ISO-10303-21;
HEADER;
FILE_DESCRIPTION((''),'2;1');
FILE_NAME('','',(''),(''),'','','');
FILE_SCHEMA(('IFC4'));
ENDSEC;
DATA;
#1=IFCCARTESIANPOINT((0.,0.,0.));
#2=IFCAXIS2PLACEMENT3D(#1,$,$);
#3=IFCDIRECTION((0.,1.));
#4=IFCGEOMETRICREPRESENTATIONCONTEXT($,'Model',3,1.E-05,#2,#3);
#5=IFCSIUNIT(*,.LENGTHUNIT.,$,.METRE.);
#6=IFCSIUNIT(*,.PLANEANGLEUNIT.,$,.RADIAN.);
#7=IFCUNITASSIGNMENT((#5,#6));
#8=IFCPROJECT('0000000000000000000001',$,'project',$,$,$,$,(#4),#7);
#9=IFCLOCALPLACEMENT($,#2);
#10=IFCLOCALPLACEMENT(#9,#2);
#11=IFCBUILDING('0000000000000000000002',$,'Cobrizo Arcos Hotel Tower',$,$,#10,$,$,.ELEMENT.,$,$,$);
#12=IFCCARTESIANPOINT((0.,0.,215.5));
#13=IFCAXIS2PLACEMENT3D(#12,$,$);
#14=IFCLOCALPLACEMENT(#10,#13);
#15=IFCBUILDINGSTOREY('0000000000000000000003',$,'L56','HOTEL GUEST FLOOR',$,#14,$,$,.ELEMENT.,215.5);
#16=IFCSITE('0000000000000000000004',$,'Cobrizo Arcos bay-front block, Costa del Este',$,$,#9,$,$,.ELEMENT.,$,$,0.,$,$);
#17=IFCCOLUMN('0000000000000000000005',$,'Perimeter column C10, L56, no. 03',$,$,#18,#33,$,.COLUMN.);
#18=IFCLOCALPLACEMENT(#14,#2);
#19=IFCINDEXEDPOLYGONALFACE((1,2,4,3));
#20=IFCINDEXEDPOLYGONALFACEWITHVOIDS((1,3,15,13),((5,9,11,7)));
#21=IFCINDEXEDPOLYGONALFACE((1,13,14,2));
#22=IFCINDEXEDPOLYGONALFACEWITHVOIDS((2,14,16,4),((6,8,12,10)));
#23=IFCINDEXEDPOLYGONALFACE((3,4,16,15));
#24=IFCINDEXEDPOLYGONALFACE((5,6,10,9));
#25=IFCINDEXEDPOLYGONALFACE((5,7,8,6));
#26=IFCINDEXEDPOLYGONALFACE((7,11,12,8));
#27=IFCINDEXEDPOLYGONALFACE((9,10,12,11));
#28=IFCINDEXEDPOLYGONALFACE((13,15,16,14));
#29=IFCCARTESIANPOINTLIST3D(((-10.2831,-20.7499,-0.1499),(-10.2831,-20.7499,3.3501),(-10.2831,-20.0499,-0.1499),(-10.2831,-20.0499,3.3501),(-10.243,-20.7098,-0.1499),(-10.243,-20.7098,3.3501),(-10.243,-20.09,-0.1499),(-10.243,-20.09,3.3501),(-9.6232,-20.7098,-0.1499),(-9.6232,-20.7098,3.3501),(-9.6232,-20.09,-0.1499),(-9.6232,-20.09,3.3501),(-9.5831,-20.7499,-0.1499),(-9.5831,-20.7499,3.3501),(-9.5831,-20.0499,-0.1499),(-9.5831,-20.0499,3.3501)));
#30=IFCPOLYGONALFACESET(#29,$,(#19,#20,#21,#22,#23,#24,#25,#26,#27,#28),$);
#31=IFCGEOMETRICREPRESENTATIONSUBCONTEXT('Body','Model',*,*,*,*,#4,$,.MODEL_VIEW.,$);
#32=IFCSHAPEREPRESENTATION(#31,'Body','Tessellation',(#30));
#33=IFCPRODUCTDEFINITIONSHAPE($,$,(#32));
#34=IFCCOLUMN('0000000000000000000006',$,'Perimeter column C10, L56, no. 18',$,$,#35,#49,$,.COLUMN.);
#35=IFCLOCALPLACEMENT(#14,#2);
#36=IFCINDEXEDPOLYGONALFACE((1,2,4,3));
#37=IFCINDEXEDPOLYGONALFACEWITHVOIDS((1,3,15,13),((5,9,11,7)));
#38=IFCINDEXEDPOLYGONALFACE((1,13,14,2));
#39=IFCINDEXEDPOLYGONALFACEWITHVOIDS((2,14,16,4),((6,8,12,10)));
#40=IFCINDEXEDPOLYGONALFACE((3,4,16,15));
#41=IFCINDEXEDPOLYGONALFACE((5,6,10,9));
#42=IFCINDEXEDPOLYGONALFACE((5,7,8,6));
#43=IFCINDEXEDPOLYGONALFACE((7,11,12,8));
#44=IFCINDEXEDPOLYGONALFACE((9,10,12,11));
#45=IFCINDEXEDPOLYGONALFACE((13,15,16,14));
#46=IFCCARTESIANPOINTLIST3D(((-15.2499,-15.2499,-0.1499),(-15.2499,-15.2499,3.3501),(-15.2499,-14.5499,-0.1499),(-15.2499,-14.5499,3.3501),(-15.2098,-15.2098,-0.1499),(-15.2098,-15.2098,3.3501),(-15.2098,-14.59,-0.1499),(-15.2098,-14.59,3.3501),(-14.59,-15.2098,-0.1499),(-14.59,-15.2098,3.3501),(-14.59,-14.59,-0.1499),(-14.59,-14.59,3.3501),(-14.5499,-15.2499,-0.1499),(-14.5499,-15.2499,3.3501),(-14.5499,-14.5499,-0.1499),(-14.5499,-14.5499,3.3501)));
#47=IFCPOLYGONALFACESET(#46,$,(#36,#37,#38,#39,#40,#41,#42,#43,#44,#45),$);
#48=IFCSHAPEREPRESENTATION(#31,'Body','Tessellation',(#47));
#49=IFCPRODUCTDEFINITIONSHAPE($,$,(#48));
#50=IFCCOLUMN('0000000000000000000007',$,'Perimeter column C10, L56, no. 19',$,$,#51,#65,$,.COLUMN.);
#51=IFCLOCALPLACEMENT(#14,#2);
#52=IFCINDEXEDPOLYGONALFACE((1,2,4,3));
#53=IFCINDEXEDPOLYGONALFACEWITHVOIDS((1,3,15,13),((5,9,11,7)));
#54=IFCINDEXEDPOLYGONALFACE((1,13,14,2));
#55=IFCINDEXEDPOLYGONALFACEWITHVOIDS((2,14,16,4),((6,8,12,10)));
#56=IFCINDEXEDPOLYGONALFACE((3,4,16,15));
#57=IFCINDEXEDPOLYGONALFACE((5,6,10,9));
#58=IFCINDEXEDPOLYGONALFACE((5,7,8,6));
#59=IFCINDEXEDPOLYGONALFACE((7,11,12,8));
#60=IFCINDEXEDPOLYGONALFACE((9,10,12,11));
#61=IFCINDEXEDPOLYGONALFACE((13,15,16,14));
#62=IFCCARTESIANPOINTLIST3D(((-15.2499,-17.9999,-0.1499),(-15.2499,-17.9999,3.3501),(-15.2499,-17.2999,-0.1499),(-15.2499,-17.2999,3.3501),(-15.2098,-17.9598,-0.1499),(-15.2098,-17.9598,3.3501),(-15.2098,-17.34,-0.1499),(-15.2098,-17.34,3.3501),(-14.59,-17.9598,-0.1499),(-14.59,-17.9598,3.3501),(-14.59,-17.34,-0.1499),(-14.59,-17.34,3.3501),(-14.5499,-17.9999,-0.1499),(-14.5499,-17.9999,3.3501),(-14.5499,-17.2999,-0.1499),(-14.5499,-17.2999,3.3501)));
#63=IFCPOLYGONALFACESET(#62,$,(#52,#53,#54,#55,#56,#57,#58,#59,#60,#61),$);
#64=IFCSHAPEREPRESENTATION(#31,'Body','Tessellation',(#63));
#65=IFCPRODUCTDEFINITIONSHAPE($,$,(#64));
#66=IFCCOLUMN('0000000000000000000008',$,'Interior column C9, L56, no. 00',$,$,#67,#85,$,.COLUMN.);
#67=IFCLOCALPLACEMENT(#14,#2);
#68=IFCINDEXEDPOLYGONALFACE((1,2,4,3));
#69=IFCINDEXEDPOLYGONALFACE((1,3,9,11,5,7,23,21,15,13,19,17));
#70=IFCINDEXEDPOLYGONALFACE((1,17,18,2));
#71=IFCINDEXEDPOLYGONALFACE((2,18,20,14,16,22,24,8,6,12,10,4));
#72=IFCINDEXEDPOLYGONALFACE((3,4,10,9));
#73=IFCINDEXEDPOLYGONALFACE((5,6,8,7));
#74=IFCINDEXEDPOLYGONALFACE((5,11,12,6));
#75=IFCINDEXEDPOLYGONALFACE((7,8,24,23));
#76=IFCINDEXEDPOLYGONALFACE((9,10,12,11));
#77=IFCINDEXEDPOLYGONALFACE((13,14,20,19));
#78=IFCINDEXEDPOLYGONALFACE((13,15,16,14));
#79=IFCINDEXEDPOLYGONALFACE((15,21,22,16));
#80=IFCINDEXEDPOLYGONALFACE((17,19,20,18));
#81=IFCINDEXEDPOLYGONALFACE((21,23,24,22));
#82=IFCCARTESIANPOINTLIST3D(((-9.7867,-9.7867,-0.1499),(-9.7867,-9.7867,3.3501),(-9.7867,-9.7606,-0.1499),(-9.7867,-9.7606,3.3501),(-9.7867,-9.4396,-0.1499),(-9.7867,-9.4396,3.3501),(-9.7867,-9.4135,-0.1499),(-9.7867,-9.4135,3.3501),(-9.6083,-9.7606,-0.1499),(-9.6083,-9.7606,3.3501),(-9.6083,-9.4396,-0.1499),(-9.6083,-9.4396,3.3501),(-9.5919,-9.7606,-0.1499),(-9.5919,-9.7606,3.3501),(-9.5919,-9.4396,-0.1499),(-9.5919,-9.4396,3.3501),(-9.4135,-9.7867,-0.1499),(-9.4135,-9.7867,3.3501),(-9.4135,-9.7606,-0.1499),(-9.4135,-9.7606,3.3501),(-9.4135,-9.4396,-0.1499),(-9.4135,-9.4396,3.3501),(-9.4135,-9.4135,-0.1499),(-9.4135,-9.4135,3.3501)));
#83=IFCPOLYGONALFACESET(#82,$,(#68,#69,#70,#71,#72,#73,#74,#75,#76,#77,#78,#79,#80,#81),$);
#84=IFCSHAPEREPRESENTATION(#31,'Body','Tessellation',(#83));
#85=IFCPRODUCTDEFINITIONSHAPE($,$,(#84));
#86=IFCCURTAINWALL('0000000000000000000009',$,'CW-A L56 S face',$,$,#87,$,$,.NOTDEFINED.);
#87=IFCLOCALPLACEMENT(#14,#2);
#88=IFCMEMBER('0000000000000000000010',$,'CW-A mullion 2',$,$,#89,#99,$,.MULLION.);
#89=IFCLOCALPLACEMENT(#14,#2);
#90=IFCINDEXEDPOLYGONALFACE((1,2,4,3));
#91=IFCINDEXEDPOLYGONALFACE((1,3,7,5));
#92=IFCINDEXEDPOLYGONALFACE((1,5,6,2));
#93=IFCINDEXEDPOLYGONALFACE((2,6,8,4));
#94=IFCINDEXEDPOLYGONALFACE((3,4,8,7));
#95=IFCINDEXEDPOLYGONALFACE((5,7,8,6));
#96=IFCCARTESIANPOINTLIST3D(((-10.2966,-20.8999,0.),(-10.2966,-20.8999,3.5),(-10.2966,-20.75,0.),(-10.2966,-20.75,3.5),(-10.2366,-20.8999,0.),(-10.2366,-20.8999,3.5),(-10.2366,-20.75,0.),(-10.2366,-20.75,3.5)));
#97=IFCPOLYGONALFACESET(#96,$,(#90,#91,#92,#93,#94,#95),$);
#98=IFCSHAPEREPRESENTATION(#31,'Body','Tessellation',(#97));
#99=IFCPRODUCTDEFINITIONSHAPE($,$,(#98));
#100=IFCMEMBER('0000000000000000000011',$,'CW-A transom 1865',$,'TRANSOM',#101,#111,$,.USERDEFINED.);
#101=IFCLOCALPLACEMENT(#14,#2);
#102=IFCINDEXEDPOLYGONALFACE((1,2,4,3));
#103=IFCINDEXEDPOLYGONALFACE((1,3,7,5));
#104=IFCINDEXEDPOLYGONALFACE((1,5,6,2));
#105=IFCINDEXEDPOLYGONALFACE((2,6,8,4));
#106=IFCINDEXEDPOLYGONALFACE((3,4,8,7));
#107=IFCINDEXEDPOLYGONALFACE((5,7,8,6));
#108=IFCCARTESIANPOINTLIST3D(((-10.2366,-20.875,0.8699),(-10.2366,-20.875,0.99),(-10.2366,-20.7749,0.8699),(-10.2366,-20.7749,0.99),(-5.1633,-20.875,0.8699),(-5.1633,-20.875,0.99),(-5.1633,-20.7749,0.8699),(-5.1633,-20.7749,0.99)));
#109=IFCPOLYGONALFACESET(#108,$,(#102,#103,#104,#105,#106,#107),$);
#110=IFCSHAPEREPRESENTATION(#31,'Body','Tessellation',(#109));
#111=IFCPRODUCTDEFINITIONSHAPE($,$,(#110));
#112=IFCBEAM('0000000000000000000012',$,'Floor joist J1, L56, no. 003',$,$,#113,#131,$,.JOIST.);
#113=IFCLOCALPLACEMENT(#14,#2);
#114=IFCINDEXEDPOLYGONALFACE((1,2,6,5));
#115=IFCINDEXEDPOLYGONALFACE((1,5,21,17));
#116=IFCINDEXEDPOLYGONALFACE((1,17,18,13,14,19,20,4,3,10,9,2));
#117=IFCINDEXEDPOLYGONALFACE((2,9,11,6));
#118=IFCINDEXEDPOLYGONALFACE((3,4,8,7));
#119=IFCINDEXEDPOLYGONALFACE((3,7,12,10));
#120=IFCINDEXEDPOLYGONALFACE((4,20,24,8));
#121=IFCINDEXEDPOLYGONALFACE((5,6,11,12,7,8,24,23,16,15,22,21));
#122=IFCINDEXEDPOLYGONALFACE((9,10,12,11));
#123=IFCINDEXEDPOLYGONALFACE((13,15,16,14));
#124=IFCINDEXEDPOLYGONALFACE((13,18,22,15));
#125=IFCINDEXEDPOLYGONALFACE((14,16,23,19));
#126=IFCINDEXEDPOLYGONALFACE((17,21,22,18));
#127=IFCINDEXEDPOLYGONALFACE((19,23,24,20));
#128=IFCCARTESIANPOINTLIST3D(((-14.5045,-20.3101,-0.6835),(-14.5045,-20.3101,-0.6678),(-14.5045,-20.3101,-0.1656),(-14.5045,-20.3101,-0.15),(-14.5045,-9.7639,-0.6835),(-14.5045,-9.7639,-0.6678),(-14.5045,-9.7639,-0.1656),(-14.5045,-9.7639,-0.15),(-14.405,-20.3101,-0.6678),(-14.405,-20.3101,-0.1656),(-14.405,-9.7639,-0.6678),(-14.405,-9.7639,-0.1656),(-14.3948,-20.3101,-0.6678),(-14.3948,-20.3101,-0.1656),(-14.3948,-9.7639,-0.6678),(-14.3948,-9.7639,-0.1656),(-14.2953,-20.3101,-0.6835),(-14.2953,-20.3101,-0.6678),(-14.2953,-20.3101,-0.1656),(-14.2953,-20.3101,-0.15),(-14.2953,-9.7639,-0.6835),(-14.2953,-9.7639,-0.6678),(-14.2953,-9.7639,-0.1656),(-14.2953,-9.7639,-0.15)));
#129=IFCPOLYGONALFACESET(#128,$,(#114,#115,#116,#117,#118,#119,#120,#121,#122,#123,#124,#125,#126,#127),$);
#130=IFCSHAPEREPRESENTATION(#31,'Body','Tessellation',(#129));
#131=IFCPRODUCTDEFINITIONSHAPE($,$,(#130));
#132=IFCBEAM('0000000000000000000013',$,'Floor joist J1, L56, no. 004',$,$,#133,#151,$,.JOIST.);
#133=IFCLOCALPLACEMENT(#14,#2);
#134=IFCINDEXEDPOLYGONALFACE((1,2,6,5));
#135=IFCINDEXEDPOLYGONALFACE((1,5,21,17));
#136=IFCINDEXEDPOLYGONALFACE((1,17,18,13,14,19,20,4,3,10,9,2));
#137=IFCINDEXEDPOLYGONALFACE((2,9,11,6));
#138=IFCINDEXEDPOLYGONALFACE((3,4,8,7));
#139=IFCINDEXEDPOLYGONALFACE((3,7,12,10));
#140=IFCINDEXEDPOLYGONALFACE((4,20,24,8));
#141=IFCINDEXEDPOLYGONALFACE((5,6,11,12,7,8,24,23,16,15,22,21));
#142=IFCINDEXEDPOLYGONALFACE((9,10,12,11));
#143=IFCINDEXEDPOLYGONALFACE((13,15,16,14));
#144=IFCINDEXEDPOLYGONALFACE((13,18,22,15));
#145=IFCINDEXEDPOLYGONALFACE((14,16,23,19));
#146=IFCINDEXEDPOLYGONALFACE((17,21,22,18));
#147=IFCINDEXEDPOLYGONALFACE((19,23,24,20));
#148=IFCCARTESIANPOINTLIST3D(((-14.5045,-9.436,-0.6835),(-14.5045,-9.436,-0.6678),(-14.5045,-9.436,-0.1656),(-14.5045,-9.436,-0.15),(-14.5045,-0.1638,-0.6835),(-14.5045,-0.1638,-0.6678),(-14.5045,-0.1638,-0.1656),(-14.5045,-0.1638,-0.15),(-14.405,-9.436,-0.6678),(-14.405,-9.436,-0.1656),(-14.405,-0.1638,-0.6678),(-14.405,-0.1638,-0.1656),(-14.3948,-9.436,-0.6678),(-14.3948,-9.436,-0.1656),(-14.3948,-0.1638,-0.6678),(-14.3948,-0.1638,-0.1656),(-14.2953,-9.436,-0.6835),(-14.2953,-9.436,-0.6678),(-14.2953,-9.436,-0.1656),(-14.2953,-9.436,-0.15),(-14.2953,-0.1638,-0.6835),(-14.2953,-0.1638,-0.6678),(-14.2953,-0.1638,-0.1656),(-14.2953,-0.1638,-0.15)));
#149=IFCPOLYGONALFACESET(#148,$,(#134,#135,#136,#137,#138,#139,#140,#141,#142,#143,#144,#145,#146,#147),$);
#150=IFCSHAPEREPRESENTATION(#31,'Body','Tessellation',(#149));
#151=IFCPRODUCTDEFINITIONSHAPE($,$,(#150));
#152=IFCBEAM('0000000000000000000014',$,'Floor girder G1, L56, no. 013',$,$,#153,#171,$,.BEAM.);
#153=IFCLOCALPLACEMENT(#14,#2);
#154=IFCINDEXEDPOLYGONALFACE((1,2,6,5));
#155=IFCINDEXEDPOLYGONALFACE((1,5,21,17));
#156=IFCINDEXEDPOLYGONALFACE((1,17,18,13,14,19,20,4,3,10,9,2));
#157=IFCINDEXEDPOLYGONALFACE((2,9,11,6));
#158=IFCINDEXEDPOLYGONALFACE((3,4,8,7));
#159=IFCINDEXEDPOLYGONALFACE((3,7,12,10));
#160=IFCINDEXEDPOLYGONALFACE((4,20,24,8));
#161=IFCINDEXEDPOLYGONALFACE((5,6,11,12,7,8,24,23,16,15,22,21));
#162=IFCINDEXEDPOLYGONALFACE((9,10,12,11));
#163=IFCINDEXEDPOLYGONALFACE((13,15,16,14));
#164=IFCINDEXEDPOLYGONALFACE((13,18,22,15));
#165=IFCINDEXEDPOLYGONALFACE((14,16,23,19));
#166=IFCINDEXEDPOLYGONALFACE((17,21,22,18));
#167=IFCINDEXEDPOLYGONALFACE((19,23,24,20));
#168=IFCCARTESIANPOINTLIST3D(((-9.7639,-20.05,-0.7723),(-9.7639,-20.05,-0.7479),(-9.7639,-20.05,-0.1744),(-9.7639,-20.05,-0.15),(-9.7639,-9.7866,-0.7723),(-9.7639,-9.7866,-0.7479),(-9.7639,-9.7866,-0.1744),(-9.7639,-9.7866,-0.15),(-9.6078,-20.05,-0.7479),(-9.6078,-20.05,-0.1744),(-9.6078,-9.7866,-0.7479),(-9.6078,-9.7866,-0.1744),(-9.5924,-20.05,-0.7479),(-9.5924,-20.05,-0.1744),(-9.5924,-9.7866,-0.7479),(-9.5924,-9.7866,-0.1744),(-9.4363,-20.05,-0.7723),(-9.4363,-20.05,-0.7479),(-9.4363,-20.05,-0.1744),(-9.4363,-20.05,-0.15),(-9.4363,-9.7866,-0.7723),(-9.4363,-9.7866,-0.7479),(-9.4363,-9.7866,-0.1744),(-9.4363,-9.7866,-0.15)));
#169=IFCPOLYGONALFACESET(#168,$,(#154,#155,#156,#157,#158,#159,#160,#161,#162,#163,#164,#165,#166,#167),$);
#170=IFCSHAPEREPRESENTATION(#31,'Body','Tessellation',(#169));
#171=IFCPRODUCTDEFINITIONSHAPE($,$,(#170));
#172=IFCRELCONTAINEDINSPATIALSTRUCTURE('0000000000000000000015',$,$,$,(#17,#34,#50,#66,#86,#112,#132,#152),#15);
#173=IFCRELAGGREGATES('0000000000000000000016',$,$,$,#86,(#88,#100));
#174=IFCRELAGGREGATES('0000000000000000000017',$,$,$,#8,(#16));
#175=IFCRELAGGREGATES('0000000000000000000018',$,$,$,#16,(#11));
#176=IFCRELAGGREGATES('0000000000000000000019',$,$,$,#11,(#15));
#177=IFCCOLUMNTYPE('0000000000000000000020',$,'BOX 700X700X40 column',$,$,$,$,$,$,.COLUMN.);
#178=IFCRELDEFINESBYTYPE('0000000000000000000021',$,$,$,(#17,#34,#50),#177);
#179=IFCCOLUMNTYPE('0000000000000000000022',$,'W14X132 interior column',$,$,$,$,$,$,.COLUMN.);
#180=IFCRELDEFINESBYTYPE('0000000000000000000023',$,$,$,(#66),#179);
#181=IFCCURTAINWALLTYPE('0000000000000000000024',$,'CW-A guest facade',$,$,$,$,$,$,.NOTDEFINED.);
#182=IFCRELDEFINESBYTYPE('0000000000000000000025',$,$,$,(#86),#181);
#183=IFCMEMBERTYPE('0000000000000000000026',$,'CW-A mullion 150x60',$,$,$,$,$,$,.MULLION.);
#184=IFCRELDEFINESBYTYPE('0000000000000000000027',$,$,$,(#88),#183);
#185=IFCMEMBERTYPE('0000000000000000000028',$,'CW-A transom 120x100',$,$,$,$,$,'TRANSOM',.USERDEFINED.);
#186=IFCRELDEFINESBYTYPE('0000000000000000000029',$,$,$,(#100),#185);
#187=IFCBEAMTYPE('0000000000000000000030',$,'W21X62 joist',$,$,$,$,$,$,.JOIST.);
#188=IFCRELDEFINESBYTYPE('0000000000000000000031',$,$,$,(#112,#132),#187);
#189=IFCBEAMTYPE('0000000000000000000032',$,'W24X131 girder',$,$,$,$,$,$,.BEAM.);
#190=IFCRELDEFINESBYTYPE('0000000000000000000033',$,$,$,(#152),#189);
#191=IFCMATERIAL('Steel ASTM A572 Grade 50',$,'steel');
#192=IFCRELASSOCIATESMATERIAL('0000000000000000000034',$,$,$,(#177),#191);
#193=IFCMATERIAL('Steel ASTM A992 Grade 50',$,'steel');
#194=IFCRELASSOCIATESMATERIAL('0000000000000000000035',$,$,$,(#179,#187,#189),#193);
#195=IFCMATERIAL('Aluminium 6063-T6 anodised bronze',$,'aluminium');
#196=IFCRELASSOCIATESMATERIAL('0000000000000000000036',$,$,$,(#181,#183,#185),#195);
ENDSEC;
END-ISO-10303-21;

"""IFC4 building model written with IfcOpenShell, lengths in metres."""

from ifc_helpers import new_model, si_unit, direction, frame, origin, origin_2d, place, context, subcontext, project, spatial, rectangle, hollow_rectangle, i_section, extrude, material, material_profile, profile_set, type_object, element, aggregate, save


model = new_model("IFC4")

# Units and contexts
model_context = context("Model", 3, precision=1e-05, world=origin(), true_north=direction((0.0, 1.0)))
body_context = subcontext(model_context, "Body", "Model", "MODEL_VIEW")
ifc_project = project(units=[si_unit("LENGTHUNIT", "METRE"), si_unit("PLANEANGLEUNIT", "RADIAN")], contexts=[model_context])

# Site, building, storey
site_placement = place(None, origin())
site = spatial("IfcSite", under=ifc_project, at=site_placement, Name="Cobrizo Arcos bay-front block, Costa del Este", CompositionType="ELEMENT", RefElevation=0.0)
building_placement = place(site_placement, origin())
building = spatial("IfcBuilding", under=site, at=building_placement, Name="Cobrizo Arcos Hotel Tower", CompositionType="ELEMENT")
storey_placement = place(building_placement, frame((0.0, 0.0, 215.5)))
storey = spatial("IfcBuildingStorey", under=building, at=storey_placement, Name="L56", Description="HOTEL GUEST FLOOR", CompositionType="ELEMENT", Elevation=215.5)

# Columns
ifc_material_1 = material(Name="Steel ASTM A572 Grade 50", Category="steel")
ifc_material_profile_1 = material_profile(ifc_material_1, hollow_rectangle(XDim=0.7, YDim=0.7, WallThickness=0.04, at=origin_2d()), Name="BOX 700X700X40")
ifc_profile_set_1 = profile_set([ifc_material_profile_1], Name="Steel ASTM A572 Grade 50")
column_type_1 = type_object("IfcColumnType", Name="BOX 700X700X40 column", PredefinedType="COLUMN", material=ifc_profile_set_1)
for number, where, z_axis, x_axis, name in (
    (1, (-9.9331, -20.3999, -0.1499), (0.0, 0.0, 1.0), (1.0, 0.0, 0.0), "Perimeter column C10, L56, no. 03"),
    (2, (-14.8999, -14.8999, -0.1499), (0.0, 0.0, 1.0), (1.0, 0.0, 0.0), "Perimeter column C10, L56, no. 18"),
    (3, (-14.8999, -17.6499, -0.1499), (0.0, 0.0, 1.0), (1.0, 0.0, 0.0), "Perimeter column C10, L56, no. 19"),
):
    element("IfcColumn", number, at=place(storey_placement, frame(where, z_axis=z_axis, x_axis=x_axis)), inside=storey, type_object=column_type_1, Name=name, PredefinedType="COLUMN", context=body_context, shape_type="SweptSolid", body=[
        extrude(hollow_rectangle(XDim=0.7, YDim=0.7, WallThickness=0.04, at=origin_2d()), origin(), (0.0, 0.0, 1.0), 3.5),
    ])
ifc_material_2 = material(Name="Steel ASTM A992 Grade 50", Category="steel")
ifc_material_profile_2 = material_profile(ifc_material_2, i_section(OverallWidth=0.3733, OverallDepth=0.3733, WebThickness=0.0164, FlangeThickness=0.0261, at=origin_2d()), Name="W14X132")
ifc_profile_set_2 = profile_set([ifc_material_profile_2], Name="Steel ASTM A992 Grade 50")
column_type_2 = type_object("IfcColumnType", Name="W14X132 interior column", PredefinedType="COLUMN", material=ifc_profile_set_2)
column_placement = place(storey_placement, frame((-9.6001, -9.6001, -0.1499), z_axis=(0.0, 0.0, 1.0), x_axis=(1.0, 0.0, 0.0)))
element("IfcColumn", 4, at=column_placement, inside=storey, type_object=column_type_2, Name="Interior column C9, L56, no. 00", PredefinedType="COLUMN", context=body_context, shape_type="SweptSolid", body=[
    extrude(i_section(OverallWidth=0.3733, OverallDepth=0.3733, WebThickness=0.0164, FlangeThickness=0.0261, at=origin_2d()), origin(), (0.0, 0.0, 1.0), 3.5),
])

# Curtain wall, members
ifc_material_3 = material(Name="Aluminium 6063-T6 anodised bronze", Category="aluminium")
curtain_wall_type = type_object("IfcCurtainWallType", Name="CW-A guest facade", PredefinedType="NOTDEFINED", material=ifc_material_3)
curtain_wall_placement = place(storey_placement, origin())
curtain_wall = element("IfcCurtainWall", 5, at=curtain_wall_placement, inside=storey, type_object=curtain_wall_type, Name="CW-A L56 S face", PredefinedType="NOTDEFINED")
ifc_material_profile_3 = material_profile(ifc_material_3, rectangle(XDim=0.1499, YDim=0.0601, at=origin_2d()), Name="CW-A mullion 150x60")
ifc_profile_set_3 = profile_set([ifc_material_profile_3], Name="Aluminium 6063-T6 anodised bronze")
member_type_1 = type_object("IfcMemberType", Name="CW-A mullion 150x60", PredefinedType="MULLION", material=ifc_profile_set_3)
member_1_placement = place(storey_placement, frame((-10.2666, -20.825, 0.0), z_axis=(0.0, 0.0, 1.0), x_axis=(0.0, -1.0, 0.0)))
member_1 = element("IfcMember", 6, at=member_1_placement, type_object=member_type_1, Name="CW-A mullion 2", PredefinedType="MULLION", context=body_context, shape_type="SweptSolid", body=[
    extrude(rectangle(XDim=0.1499, YDim=0.0601, at=origin_2d()), origin(), (0.0, 0.0, 1.0), 3.5),
])
ifc_material_profile_4 = material_profile(ifc_material_3, rectangle(XDim=0.1001, YDim=0.1201, at=origin_2d()), Name="CW-A transom 120x100")
ifc_profile_set_4 = profile_set([ifc_material_profile_4], Name="Aluminium 6063-T6 anodised bronze")
member_type_2 = type_object("IfcMemberType", Name="CW-A transom 120x100", ElementType="TRANSOM", PredefinedType="USERDEFINED", material=ifc_profile_set_4)
member_2_placement = place(storey_placement, frame((-10.2366, -20.825, 0.9299), z_axis=(1.0, 0.0, 0.0), x_axis=(0.0, 1.0, 0.0)))
member_2 = element("IfcMember", 7, at=member_2_placement, type_object=member_type_2, Name="CW-A transom 1865", ObjectType="TRANSOM", PredefinedType="USERDEFINED", context=body_context, shape_type="SweptSolid", body=[
    extrude(rectangle(XDim=0.1001, YDim=0.1201, at=origin_2d()), origin(), (0.0, 0.0, 1.0), 5.0732),
])

# Beams
ifc_material_profile_5 = material_profile(ifc_material_2, i_section(OverallWidth=0.2092, OverallDepth=0.5334, WebThickness=0.0103, FlangeThickness=0.0156, at=origin_2d()), Name="W21X62")
ifc_profile_set_5 = profile_set([ifc_material_profile_5], Name="Steel ASTM A992 Grade 50")
beam_type_1 = type_object("IfcBeamType", Name="W21X62 joist", PredefinedType="JOIST", material=ifc_profile_set_5)
beam_1_placement = place(storey_placement, frame((-14.3999, -20.3101, -0.4167), z_axis=(0.0, 1.0, 0.0), x_axis=(-1.0, 0.0, 0.0)))
element("IfcBeam", 8, at=beam_1_placement, inside=storey, type_object=beam_type_1, Name="Floor joist J1, L56, no. 003", PredefinedType="JOIST", context=body_context, shape_type="SweptSolid", body=[
    extrude(i_section(OverallWidth=0.2092, OverallDepth=0.5334, WebThickness=0.0103, FlangeThickness=0.0156, at=origin_2d()), origin(), (0.0, 0.0, 1.0), 10.5461),
])
beam_2_placement = place(storey_placement, frame((-14.3999, -9.436, -0.4167), z_axis=(0.0, 1.0, 0.0), x_axis=(-1.0, 0.0, 0.0)))
element("IfcBeam", 9, at=beam_2_placement, inside=storey, type_object=beam_type_1, Name="Floor joist J1, L56, no. 004", PredefinedType="JOIST", context=body_context, shape_type="SweptSolid", body=[
    extrude(i_section(OverallWidth=0.2092, OverallDepth=0.5334, WebThickness=0.0103, FlangeThickness=0.0156, at=origin_2d()), origin(), (0.0, 0.0, 1.0), 9.2722),
])
ifc_material_profile_6 = material_profile(ifc_material_2, i_section(OverallWidth=0.3276, OverallDepth=0.6223, WebThickness=0.0154, FlangeThickness=0.0244, at=origin_2d()), Name="W24X131")
ifc_profile_set_6 = profile_set([ifc_material_profile_6], Name="Steel ASTM A992 Grade 50")
beam_type_2 = type_object("IfcBeamType", Name="W24X131 girder", PredefinedType="BEAM", material=ifc_profile_set_6)
beam_3_placement = place(storey_placement, frame((-9.6001, -20.05, -0.4612), z_axis=(0.0, 1.0, 0.0), x_axis=(-1.0, 0.0, 0.0)))
element("IfcBeam", 10, at=beam_3_placement, inside=storey, type_object=beam_type_2, Name="Floor girder G1, L56, no. 013", PredefinedType="BEAM", context=body_context, shape_type="SweptSolid", body=[
    extrude(i_section(OverallWidth=0.3276, OverallDepth=0.6223, WebThickness=0.0154, FlangeThickness=0.0244, at=origin_2d()), origin(), (0.0, 0.0, 1.0), 10.2634),
])

aggregate(curtain_wall, [member_1, member_2])

save(model, "model.ifc")
